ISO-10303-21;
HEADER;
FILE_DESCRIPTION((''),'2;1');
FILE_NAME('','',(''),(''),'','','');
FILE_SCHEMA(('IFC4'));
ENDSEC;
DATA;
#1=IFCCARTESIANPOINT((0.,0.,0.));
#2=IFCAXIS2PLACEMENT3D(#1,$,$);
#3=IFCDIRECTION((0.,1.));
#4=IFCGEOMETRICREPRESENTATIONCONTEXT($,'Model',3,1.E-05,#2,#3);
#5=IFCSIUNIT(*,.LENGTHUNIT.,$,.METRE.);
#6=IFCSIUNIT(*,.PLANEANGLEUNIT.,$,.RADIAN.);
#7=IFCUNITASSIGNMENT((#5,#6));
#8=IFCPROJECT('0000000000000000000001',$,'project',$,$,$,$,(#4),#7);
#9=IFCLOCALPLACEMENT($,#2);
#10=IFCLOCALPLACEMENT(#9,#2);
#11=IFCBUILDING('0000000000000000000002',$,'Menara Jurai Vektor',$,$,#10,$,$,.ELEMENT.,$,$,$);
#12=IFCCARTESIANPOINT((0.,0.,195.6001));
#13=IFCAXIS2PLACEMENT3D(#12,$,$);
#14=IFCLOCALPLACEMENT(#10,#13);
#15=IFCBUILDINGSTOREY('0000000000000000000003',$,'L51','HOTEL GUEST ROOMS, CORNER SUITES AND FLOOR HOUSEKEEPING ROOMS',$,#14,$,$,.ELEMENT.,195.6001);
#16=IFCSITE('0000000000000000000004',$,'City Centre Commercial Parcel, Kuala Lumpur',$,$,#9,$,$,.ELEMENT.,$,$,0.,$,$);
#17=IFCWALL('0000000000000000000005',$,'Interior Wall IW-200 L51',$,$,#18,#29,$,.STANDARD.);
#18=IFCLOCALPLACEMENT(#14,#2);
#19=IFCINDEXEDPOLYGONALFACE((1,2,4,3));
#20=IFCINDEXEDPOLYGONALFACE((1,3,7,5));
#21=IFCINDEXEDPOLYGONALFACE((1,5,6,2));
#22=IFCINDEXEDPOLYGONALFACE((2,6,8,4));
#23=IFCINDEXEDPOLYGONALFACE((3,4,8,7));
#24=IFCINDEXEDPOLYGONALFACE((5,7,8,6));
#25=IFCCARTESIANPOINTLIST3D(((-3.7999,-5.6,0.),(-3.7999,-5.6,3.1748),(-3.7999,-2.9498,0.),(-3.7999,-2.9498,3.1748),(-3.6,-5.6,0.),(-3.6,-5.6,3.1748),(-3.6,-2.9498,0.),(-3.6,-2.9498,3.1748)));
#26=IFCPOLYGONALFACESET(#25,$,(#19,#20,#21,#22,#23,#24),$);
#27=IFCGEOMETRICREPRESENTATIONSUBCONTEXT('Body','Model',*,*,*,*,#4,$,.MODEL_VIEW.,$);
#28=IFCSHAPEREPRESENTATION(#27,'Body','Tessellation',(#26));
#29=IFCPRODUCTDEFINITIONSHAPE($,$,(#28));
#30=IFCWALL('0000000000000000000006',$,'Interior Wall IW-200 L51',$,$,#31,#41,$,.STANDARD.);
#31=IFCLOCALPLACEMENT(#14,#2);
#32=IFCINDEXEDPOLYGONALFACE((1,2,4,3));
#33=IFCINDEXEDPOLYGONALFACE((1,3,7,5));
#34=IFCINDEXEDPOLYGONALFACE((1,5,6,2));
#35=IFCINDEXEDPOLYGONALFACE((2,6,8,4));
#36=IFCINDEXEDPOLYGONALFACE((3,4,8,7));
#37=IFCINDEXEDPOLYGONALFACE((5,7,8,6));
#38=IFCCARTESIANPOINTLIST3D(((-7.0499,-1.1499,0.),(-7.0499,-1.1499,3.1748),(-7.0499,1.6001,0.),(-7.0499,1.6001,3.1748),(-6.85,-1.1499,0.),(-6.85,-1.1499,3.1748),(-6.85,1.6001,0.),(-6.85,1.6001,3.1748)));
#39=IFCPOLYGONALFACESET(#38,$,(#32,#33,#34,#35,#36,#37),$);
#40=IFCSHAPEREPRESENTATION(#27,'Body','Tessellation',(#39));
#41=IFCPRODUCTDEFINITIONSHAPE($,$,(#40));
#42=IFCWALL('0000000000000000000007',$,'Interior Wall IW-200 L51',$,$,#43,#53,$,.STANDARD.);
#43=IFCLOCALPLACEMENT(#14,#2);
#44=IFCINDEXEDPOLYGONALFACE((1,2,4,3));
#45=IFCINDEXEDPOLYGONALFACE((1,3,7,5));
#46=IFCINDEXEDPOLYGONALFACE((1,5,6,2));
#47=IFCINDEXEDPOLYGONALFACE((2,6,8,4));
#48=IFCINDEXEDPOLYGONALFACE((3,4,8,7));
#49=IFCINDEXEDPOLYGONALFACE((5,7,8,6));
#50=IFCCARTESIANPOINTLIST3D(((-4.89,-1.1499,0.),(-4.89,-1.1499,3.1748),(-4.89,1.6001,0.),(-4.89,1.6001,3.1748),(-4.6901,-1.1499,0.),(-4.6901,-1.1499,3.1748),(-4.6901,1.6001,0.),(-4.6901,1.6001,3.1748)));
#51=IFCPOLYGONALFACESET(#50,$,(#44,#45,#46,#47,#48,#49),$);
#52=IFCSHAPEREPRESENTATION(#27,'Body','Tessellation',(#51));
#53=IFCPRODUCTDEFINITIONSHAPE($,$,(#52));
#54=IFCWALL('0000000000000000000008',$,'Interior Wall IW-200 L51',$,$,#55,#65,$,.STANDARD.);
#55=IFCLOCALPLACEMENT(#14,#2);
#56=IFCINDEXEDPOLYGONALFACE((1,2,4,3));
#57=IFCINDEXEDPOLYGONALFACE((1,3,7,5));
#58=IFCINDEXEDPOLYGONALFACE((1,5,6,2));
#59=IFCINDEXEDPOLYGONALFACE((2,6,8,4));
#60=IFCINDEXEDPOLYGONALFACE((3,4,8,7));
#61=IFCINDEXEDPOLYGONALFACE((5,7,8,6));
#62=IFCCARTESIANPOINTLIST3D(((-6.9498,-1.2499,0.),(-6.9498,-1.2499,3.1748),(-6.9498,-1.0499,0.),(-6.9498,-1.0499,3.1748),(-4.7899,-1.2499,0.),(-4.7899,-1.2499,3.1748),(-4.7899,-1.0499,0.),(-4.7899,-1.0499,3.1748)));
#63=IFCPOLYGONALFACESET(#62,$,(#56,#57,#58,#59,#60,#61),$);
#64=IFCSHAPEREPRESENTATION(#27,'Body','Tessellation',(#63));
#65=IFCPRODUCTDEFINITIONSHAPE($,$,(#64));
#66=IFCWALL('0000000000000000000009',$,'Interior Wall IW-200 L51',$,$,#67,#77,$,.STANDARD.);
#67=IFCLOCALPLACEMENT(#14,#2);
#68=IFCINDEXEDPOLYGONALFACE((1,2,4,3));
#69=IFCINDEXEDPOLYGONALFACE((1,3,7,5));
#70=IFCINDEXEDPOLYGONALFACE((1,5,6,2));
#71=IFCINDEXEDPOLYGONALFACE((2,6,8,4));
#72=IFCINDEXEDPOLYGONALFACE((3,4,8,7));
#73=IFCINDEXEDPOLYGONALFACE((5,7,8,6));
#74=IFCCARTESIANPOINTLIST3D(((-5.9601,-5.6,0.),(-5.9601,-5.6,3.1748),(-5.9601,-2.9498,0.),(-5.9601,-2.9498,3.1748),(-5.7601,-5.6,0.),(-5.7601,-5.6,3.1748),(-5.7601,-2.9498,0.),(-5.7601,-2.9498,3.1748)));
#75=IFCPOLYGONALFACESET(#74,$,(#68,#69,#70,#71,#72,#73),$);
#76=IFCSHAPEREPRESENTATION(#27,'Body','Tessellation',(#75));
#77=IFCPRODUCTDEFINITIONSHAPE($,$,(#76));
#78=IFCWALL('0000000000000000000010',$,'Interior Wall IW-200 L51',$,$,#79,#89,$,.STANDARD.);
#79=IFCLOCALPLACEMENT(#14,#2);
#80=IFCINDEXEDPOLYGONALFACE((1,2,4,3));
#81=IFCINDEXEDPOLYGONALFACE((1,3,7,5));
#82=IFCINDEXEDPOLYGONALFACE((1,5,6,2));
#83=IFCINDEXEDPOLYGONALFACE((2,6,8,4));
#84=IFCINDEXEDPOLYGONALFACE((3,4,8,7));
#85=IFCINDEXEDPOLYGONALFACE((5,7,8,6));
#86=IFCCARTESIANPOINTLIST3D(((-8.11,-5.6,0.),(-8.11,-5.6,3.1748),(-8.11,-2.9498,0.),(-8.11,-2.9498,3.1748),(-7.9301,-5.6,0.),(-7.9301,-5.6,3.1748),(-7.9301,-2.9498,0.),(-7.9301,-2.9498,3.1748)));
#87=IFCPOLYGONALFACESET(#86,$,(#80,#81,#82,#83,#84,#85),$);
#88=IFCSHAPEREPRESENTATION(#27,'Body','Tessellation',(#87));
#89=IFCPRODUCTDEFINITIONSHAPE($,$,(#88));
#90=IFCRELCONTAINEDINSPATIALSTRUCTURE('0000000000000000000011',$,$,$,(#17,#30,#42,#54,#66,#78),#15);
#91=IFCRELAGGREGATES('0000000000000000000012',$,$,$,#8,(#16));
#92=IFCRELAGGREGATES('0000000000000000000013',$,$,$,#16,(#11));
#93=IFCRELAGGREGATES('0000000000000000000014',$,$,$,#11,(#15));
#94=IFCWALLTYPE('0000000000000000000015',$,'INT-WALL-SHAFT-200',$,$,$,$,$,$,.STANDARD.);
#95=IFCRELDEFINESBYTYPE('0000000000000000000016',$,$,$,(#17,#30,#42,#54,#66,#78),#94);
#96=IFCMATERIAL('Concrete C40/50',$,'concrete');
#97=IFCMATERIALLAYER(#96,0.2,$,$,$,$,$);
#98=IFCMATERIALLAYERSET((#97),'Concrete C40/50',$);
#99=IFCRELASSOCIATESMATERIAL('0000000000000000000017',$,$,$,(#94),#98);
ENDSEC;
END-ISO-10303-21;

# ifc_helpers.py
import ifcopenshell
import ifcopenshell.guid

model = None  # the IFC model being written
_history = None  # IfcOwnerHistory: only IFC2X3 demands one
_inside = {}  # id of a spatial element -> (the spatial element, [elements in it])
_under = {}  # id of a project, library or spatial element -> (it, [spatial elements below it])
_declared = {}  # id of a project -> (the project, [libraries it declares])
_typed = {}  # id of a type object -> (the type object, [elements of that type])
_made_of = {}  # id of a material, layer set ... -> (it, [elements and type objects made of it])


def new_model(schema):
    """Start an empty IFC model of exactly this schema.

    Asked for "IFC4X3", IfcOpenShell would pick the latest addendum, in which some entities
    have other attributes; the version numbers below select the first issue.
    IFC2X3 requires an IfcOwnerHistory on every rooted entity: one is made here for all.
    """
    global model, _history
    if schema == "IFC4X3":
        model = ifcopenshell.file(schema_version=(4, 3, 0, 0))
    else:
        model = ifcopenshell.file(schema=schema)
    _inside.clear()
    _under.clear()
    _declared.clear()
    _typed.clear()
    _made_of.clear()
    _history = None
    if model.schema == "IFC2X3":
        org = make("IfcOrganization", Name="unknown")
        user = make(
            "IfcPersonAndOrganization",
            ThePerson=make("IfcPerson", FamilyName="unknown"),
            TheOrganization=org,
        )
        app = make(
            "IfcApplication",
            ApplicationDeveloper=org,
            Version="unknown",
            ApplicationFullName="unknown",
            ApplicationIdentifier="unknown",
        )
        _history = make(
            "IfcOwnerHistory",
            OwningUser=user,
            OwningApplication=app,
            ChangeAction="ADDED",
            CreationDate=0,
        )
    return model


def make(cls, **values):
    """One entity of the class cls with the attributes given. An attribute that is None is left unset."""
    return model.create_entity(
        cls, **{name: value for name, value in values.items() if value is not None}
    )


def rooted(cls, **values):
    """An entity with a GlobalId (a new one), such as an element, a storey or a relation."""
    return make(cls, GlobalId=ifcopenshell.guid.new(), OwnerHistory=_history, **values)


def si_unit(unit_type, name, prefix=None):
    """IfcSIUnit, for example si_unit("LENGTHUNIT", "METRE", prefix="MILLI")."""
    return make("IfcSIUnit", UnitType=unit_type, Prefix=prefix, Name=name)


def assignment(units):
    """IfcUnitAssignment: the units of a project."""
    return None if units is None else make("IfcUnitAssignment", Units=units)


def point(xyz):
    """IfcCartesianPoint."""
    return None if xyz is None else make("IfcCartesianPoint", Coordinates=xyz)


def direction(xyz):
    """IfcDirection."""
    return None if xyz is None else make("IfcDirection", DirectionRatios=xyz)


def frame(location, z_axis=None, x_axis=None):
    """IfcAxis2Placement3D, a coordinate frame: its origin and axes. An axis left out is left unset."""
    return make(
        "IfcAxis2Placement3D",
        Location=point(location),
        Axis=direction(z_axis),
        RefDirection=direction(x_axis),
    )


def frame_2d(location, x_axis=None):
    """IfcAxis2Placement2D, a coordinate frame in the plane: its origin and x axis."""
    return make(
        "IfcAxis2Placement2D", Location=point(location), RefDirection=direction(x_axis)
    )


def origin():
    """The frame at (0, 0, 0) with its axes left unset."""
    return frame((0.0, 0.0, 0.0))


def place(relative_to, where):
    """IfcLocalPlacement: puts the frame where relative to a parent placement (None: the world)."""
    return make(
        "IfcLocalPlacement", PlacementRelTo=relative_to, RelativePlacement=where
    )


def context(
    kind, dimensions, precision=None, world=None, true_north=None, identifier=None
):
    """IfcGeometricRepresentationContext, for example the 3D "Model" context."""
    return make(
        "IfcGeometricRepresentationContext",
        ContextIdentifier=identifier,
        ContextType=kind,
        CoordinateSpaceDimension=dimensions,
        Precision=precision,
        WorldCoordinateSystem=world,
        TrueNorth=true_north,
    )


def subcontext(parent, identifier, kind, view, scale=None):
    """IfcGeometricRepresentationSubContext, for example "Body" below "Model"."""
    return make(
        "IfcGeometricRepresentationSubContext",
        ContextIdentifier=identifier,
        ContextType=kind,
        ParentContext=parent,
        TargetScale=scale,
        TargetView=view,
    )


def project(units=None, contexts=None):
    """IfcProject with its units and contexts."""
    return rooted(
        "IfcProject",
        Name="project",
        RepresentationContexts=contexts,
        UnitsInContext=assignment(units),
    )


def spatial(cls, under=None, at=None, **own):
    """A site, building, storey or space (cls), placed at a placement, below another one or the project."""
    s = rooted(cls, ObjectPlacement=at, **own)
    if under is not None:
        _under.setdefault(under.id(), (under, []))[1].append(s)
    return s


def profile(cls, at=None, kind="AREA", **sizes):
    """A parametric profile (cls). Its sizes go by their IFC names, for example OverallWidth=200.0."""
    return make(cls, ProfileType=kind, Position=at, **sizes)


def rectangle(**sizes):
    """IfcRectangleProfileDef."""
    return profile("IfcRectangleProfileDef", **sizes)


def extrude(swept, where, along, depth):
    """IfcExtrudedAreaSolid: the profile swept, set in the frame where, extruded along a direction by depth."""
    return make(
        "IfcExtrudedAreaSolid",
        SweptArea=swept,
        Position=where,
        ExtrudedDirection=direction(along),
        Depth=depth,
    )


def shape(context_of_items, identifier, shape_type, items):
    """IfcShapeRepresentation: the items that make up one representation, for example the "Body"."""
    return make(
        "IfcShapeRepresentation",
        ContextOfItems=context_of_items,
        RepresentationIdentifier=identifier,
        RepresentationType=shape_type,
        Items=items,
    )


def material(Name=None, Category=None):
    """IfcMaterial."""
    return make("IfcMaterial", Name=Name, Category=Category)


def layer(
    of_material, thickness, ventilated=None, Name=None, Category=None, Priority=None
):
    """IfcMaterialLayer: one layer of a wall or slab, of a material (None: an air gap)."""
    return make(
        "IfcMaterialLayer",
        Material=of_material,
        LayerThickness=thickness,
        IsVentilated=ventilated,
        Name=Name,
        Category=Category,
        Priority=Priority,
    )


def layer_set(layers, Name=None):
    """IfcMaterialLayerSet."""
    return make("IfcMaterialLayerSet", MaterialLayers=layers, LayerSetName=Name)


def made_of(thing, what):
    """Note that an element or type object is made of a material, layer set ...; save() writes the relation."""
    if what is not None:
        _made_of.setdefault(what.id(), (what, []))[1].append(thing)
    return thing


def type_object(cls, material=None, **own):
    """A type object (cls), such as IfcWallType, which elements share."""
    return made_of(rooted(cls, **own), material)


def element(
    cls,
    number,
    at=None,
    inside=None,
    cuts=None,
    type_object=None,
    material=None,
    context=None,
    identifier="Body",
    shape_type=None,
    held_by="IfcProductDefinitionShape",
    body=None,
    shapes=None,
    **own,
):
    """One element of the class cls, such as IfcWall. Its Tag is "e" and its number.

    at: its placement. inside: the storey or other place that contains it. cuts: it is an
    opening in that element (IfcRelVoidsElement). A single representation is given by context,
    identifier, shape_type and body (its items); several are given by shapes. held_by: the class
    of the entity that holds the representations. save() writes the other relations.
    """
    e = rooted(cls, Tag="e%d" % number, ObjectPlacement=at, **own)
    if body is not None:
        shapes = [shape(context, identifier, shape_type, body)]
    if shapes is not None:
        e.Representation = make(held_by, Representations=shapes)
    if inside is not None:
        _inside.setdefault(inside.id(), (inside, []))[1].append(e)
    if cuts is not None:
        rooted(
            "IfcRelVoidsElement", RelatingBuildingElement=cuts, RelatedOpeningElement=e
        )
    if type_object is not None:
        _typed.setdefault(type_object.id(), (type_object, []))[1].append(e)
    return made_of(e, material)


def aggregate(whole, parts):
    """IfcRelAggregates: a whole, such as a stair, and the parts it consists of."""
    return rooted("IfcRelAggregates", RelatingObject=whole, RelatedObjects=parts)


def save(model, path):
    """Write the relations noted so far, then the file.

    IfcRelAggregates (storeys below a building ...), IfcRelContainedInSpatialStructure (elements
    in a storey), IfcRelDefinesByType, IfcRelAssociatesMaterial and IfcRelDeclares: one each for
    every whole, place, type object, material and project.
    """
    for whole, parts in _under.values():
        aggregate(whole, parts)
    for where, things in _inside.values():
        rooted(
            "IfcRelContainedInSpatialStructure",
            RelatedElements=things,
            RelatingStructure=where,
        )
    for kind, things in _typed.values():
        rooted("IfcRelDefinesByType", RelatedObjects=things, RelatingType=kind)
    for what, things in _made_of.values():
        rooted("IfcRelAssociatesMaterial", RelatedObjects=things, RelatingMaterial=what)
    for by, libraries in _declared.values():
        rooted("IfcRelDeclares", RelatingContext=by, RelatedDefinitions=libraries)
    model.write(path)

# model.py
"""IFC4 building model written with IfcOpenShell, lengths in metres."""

from ifc_helpers import new_model, si_unit, direction, frame, frame_2d, origin, place, context, subcontext, project, spatial, rectangle, extrude, material, layer, layer_set, type_object, element, save


model = new_model("IFC4")

# Units and contexts
model_context = context("Model", 3, precision=1e-05, world=origin(), true_north=direction((0.0, 1.0)))
body_context = subcontext(model_context, "Body", "Model", "MODEL_VIEW")
ifc_project = project(units=[si_unit("LENGTHUNIT", "METRE"), si_unit("PLANEANGLEUNIT", "RADIAN")], contexts=[model_context])

# Site, building, storey
site_placement = place(None, origin())
site = spatial("IfcSite", under=ifc_project, at=site_placement, Name="City Centre Commercial Parcel, Kuala Lumpur", CompositionType="ELEMENT", RefElevation=0.0)
building_placement = place(site_placement, origin())
building = spatial("IfcBuilding", under=site, at=building_placement, Name="Menara Jurai Vektor", CompositionType="ELEMENT")
storey_placement = place(building_placement, frame((0.0, 0.0, 195.6001)))
storey = spatial("IfcBuildingStorey", under=building, at=storey_placement, Name="L51", Description="HOTEL GUEST ROOMS, CORNER SUITES AND FLOOR HOUSEKEEPING ROOMS", CompositionType="ELEMENT", Elevation=195.6001)

# Walls
ifc_material_1 = material(Name="Concrete C40/50", Category="concrete")
ifc_layer_1 = layer(ifc_material_1, 0.2)
ifc_layer_set_1 = layer_set([ifc_layer_1], Name="Concrete C40/50")
wall_type_1 = type_object("IfcWallType", Name="INT-WALL-SHAFT-200", PredefinedType="STANDARD", material=ifc_layer_set_1)
wall_1_placement = place(storey_placement, frame((-3.7, -5.6001, 0.0), z_axis=(0.0, 0.0, 1.0), x_axis=(0.0, 1.0, 0.0)))
element("IfcWall", 1, at=wall_1_placement, inside=storey, type_object=wall_type_1, Name="Interior Wall IW-200 L51", PredefinedType="STANDARD", context=body_context, shape_type="SweptSolid", body=[
    extrude(rectangle(XDim=2.6501, YDim=0.2, at=frame_2d((1.3252, 0.0))), origin(), (0.0, 0.0, 1.0), 3.1748),
])
for number, where, z_axis, x_axis, name in (
    (2, (-6.95, -1.1499, 0.0), (0.0, 0.0, 1.0), (0.0, 1.0, 0.0), "Interior Wall IW-200 L51"),
    (3, (-4.79, -1.1499, 0.0), (0.0, 0.0, 1.0), (0.0, 1.0, 0.0), "Interior Wall IW-200 L51"),
):
    element("IfcWall", number, at=place(storey_placement, frame(where, z_axis=z_axis, x_axis=x_axis)), inside=storey, type_object=wall_type_1, Name=name, PredefinedType="STANDARD", context=body_context, shape_type="SweptSolid", body=[
        extrude(rectangle(XDim=2.75, YDim=0.2, at=frame_2d((1.375, 0.0))), origin(), (0.0, 0.0, 1.0), 3.1748),
    ])
wall_2_placement = place(storey_placement, frame((-6.95, -1.1499, 0.0), z_axis=(0.0, 0.0, 1.0), x_axis=(1.0, 0.0, 0.0)))
element("IfcWall", 4, at=wall_2_placement, inside=storey, type_object=wall_type_1, Name="Interior Wall IW-200 L51", PredefinedType="STANDARD", context=body_context, shape_type="SweptSolid", body=[
    extrude(rectangle(XDim=2.1599, YDim=0.2, at=frame_2d((1.0801, 0.0))), origin(), (0.0, 0.0, 1.0), 3.1748),
])
wall_3_placement = place(storey_placement, frame((-5.8601, -5.6001, 0.0), z_axis=(0.0, 0.0, 1.0), x_axis=(0.0, 1.0, 0.0)))
element("IfcWall", 5, at=wall_3_placement, inside=storey, type_object=wall_type_1, Name="Interior Wall IW-200 L51", PredefinedType="STANDARD", context=body_context, shape_type="SweptSolid", body=[
    extrude(rectangle(XDim=2.6501, YDim=0.2, at=frame_2d((1.3252, 0.0))), origin(), (0.0, 0.0, 1.0), 3.1748),
])
wall_4_placement = place(storey_placement, frame((-8.02, -5.6001, 0.0), z_axis=(0.0, 0.0, 1.0), x_axis=(0.0, 1.0, 0.0)))
element("IfcWall", 6, at=wall_4_placement, inside=storey, type_object=wall_type_1, Name="Interior Wall IW-200 L51", PredefinedType="STANDARD", context=body_context, shape_type="SweptSolid", body=[
    extrude(rectangle(XDim=2.6501, YDim=0.1799, at=frame_2d((1.3252, 0.0))), origin(), (0.0, 0.0, 1.0), 3.1748),
])

save(model, "model.ifc")
